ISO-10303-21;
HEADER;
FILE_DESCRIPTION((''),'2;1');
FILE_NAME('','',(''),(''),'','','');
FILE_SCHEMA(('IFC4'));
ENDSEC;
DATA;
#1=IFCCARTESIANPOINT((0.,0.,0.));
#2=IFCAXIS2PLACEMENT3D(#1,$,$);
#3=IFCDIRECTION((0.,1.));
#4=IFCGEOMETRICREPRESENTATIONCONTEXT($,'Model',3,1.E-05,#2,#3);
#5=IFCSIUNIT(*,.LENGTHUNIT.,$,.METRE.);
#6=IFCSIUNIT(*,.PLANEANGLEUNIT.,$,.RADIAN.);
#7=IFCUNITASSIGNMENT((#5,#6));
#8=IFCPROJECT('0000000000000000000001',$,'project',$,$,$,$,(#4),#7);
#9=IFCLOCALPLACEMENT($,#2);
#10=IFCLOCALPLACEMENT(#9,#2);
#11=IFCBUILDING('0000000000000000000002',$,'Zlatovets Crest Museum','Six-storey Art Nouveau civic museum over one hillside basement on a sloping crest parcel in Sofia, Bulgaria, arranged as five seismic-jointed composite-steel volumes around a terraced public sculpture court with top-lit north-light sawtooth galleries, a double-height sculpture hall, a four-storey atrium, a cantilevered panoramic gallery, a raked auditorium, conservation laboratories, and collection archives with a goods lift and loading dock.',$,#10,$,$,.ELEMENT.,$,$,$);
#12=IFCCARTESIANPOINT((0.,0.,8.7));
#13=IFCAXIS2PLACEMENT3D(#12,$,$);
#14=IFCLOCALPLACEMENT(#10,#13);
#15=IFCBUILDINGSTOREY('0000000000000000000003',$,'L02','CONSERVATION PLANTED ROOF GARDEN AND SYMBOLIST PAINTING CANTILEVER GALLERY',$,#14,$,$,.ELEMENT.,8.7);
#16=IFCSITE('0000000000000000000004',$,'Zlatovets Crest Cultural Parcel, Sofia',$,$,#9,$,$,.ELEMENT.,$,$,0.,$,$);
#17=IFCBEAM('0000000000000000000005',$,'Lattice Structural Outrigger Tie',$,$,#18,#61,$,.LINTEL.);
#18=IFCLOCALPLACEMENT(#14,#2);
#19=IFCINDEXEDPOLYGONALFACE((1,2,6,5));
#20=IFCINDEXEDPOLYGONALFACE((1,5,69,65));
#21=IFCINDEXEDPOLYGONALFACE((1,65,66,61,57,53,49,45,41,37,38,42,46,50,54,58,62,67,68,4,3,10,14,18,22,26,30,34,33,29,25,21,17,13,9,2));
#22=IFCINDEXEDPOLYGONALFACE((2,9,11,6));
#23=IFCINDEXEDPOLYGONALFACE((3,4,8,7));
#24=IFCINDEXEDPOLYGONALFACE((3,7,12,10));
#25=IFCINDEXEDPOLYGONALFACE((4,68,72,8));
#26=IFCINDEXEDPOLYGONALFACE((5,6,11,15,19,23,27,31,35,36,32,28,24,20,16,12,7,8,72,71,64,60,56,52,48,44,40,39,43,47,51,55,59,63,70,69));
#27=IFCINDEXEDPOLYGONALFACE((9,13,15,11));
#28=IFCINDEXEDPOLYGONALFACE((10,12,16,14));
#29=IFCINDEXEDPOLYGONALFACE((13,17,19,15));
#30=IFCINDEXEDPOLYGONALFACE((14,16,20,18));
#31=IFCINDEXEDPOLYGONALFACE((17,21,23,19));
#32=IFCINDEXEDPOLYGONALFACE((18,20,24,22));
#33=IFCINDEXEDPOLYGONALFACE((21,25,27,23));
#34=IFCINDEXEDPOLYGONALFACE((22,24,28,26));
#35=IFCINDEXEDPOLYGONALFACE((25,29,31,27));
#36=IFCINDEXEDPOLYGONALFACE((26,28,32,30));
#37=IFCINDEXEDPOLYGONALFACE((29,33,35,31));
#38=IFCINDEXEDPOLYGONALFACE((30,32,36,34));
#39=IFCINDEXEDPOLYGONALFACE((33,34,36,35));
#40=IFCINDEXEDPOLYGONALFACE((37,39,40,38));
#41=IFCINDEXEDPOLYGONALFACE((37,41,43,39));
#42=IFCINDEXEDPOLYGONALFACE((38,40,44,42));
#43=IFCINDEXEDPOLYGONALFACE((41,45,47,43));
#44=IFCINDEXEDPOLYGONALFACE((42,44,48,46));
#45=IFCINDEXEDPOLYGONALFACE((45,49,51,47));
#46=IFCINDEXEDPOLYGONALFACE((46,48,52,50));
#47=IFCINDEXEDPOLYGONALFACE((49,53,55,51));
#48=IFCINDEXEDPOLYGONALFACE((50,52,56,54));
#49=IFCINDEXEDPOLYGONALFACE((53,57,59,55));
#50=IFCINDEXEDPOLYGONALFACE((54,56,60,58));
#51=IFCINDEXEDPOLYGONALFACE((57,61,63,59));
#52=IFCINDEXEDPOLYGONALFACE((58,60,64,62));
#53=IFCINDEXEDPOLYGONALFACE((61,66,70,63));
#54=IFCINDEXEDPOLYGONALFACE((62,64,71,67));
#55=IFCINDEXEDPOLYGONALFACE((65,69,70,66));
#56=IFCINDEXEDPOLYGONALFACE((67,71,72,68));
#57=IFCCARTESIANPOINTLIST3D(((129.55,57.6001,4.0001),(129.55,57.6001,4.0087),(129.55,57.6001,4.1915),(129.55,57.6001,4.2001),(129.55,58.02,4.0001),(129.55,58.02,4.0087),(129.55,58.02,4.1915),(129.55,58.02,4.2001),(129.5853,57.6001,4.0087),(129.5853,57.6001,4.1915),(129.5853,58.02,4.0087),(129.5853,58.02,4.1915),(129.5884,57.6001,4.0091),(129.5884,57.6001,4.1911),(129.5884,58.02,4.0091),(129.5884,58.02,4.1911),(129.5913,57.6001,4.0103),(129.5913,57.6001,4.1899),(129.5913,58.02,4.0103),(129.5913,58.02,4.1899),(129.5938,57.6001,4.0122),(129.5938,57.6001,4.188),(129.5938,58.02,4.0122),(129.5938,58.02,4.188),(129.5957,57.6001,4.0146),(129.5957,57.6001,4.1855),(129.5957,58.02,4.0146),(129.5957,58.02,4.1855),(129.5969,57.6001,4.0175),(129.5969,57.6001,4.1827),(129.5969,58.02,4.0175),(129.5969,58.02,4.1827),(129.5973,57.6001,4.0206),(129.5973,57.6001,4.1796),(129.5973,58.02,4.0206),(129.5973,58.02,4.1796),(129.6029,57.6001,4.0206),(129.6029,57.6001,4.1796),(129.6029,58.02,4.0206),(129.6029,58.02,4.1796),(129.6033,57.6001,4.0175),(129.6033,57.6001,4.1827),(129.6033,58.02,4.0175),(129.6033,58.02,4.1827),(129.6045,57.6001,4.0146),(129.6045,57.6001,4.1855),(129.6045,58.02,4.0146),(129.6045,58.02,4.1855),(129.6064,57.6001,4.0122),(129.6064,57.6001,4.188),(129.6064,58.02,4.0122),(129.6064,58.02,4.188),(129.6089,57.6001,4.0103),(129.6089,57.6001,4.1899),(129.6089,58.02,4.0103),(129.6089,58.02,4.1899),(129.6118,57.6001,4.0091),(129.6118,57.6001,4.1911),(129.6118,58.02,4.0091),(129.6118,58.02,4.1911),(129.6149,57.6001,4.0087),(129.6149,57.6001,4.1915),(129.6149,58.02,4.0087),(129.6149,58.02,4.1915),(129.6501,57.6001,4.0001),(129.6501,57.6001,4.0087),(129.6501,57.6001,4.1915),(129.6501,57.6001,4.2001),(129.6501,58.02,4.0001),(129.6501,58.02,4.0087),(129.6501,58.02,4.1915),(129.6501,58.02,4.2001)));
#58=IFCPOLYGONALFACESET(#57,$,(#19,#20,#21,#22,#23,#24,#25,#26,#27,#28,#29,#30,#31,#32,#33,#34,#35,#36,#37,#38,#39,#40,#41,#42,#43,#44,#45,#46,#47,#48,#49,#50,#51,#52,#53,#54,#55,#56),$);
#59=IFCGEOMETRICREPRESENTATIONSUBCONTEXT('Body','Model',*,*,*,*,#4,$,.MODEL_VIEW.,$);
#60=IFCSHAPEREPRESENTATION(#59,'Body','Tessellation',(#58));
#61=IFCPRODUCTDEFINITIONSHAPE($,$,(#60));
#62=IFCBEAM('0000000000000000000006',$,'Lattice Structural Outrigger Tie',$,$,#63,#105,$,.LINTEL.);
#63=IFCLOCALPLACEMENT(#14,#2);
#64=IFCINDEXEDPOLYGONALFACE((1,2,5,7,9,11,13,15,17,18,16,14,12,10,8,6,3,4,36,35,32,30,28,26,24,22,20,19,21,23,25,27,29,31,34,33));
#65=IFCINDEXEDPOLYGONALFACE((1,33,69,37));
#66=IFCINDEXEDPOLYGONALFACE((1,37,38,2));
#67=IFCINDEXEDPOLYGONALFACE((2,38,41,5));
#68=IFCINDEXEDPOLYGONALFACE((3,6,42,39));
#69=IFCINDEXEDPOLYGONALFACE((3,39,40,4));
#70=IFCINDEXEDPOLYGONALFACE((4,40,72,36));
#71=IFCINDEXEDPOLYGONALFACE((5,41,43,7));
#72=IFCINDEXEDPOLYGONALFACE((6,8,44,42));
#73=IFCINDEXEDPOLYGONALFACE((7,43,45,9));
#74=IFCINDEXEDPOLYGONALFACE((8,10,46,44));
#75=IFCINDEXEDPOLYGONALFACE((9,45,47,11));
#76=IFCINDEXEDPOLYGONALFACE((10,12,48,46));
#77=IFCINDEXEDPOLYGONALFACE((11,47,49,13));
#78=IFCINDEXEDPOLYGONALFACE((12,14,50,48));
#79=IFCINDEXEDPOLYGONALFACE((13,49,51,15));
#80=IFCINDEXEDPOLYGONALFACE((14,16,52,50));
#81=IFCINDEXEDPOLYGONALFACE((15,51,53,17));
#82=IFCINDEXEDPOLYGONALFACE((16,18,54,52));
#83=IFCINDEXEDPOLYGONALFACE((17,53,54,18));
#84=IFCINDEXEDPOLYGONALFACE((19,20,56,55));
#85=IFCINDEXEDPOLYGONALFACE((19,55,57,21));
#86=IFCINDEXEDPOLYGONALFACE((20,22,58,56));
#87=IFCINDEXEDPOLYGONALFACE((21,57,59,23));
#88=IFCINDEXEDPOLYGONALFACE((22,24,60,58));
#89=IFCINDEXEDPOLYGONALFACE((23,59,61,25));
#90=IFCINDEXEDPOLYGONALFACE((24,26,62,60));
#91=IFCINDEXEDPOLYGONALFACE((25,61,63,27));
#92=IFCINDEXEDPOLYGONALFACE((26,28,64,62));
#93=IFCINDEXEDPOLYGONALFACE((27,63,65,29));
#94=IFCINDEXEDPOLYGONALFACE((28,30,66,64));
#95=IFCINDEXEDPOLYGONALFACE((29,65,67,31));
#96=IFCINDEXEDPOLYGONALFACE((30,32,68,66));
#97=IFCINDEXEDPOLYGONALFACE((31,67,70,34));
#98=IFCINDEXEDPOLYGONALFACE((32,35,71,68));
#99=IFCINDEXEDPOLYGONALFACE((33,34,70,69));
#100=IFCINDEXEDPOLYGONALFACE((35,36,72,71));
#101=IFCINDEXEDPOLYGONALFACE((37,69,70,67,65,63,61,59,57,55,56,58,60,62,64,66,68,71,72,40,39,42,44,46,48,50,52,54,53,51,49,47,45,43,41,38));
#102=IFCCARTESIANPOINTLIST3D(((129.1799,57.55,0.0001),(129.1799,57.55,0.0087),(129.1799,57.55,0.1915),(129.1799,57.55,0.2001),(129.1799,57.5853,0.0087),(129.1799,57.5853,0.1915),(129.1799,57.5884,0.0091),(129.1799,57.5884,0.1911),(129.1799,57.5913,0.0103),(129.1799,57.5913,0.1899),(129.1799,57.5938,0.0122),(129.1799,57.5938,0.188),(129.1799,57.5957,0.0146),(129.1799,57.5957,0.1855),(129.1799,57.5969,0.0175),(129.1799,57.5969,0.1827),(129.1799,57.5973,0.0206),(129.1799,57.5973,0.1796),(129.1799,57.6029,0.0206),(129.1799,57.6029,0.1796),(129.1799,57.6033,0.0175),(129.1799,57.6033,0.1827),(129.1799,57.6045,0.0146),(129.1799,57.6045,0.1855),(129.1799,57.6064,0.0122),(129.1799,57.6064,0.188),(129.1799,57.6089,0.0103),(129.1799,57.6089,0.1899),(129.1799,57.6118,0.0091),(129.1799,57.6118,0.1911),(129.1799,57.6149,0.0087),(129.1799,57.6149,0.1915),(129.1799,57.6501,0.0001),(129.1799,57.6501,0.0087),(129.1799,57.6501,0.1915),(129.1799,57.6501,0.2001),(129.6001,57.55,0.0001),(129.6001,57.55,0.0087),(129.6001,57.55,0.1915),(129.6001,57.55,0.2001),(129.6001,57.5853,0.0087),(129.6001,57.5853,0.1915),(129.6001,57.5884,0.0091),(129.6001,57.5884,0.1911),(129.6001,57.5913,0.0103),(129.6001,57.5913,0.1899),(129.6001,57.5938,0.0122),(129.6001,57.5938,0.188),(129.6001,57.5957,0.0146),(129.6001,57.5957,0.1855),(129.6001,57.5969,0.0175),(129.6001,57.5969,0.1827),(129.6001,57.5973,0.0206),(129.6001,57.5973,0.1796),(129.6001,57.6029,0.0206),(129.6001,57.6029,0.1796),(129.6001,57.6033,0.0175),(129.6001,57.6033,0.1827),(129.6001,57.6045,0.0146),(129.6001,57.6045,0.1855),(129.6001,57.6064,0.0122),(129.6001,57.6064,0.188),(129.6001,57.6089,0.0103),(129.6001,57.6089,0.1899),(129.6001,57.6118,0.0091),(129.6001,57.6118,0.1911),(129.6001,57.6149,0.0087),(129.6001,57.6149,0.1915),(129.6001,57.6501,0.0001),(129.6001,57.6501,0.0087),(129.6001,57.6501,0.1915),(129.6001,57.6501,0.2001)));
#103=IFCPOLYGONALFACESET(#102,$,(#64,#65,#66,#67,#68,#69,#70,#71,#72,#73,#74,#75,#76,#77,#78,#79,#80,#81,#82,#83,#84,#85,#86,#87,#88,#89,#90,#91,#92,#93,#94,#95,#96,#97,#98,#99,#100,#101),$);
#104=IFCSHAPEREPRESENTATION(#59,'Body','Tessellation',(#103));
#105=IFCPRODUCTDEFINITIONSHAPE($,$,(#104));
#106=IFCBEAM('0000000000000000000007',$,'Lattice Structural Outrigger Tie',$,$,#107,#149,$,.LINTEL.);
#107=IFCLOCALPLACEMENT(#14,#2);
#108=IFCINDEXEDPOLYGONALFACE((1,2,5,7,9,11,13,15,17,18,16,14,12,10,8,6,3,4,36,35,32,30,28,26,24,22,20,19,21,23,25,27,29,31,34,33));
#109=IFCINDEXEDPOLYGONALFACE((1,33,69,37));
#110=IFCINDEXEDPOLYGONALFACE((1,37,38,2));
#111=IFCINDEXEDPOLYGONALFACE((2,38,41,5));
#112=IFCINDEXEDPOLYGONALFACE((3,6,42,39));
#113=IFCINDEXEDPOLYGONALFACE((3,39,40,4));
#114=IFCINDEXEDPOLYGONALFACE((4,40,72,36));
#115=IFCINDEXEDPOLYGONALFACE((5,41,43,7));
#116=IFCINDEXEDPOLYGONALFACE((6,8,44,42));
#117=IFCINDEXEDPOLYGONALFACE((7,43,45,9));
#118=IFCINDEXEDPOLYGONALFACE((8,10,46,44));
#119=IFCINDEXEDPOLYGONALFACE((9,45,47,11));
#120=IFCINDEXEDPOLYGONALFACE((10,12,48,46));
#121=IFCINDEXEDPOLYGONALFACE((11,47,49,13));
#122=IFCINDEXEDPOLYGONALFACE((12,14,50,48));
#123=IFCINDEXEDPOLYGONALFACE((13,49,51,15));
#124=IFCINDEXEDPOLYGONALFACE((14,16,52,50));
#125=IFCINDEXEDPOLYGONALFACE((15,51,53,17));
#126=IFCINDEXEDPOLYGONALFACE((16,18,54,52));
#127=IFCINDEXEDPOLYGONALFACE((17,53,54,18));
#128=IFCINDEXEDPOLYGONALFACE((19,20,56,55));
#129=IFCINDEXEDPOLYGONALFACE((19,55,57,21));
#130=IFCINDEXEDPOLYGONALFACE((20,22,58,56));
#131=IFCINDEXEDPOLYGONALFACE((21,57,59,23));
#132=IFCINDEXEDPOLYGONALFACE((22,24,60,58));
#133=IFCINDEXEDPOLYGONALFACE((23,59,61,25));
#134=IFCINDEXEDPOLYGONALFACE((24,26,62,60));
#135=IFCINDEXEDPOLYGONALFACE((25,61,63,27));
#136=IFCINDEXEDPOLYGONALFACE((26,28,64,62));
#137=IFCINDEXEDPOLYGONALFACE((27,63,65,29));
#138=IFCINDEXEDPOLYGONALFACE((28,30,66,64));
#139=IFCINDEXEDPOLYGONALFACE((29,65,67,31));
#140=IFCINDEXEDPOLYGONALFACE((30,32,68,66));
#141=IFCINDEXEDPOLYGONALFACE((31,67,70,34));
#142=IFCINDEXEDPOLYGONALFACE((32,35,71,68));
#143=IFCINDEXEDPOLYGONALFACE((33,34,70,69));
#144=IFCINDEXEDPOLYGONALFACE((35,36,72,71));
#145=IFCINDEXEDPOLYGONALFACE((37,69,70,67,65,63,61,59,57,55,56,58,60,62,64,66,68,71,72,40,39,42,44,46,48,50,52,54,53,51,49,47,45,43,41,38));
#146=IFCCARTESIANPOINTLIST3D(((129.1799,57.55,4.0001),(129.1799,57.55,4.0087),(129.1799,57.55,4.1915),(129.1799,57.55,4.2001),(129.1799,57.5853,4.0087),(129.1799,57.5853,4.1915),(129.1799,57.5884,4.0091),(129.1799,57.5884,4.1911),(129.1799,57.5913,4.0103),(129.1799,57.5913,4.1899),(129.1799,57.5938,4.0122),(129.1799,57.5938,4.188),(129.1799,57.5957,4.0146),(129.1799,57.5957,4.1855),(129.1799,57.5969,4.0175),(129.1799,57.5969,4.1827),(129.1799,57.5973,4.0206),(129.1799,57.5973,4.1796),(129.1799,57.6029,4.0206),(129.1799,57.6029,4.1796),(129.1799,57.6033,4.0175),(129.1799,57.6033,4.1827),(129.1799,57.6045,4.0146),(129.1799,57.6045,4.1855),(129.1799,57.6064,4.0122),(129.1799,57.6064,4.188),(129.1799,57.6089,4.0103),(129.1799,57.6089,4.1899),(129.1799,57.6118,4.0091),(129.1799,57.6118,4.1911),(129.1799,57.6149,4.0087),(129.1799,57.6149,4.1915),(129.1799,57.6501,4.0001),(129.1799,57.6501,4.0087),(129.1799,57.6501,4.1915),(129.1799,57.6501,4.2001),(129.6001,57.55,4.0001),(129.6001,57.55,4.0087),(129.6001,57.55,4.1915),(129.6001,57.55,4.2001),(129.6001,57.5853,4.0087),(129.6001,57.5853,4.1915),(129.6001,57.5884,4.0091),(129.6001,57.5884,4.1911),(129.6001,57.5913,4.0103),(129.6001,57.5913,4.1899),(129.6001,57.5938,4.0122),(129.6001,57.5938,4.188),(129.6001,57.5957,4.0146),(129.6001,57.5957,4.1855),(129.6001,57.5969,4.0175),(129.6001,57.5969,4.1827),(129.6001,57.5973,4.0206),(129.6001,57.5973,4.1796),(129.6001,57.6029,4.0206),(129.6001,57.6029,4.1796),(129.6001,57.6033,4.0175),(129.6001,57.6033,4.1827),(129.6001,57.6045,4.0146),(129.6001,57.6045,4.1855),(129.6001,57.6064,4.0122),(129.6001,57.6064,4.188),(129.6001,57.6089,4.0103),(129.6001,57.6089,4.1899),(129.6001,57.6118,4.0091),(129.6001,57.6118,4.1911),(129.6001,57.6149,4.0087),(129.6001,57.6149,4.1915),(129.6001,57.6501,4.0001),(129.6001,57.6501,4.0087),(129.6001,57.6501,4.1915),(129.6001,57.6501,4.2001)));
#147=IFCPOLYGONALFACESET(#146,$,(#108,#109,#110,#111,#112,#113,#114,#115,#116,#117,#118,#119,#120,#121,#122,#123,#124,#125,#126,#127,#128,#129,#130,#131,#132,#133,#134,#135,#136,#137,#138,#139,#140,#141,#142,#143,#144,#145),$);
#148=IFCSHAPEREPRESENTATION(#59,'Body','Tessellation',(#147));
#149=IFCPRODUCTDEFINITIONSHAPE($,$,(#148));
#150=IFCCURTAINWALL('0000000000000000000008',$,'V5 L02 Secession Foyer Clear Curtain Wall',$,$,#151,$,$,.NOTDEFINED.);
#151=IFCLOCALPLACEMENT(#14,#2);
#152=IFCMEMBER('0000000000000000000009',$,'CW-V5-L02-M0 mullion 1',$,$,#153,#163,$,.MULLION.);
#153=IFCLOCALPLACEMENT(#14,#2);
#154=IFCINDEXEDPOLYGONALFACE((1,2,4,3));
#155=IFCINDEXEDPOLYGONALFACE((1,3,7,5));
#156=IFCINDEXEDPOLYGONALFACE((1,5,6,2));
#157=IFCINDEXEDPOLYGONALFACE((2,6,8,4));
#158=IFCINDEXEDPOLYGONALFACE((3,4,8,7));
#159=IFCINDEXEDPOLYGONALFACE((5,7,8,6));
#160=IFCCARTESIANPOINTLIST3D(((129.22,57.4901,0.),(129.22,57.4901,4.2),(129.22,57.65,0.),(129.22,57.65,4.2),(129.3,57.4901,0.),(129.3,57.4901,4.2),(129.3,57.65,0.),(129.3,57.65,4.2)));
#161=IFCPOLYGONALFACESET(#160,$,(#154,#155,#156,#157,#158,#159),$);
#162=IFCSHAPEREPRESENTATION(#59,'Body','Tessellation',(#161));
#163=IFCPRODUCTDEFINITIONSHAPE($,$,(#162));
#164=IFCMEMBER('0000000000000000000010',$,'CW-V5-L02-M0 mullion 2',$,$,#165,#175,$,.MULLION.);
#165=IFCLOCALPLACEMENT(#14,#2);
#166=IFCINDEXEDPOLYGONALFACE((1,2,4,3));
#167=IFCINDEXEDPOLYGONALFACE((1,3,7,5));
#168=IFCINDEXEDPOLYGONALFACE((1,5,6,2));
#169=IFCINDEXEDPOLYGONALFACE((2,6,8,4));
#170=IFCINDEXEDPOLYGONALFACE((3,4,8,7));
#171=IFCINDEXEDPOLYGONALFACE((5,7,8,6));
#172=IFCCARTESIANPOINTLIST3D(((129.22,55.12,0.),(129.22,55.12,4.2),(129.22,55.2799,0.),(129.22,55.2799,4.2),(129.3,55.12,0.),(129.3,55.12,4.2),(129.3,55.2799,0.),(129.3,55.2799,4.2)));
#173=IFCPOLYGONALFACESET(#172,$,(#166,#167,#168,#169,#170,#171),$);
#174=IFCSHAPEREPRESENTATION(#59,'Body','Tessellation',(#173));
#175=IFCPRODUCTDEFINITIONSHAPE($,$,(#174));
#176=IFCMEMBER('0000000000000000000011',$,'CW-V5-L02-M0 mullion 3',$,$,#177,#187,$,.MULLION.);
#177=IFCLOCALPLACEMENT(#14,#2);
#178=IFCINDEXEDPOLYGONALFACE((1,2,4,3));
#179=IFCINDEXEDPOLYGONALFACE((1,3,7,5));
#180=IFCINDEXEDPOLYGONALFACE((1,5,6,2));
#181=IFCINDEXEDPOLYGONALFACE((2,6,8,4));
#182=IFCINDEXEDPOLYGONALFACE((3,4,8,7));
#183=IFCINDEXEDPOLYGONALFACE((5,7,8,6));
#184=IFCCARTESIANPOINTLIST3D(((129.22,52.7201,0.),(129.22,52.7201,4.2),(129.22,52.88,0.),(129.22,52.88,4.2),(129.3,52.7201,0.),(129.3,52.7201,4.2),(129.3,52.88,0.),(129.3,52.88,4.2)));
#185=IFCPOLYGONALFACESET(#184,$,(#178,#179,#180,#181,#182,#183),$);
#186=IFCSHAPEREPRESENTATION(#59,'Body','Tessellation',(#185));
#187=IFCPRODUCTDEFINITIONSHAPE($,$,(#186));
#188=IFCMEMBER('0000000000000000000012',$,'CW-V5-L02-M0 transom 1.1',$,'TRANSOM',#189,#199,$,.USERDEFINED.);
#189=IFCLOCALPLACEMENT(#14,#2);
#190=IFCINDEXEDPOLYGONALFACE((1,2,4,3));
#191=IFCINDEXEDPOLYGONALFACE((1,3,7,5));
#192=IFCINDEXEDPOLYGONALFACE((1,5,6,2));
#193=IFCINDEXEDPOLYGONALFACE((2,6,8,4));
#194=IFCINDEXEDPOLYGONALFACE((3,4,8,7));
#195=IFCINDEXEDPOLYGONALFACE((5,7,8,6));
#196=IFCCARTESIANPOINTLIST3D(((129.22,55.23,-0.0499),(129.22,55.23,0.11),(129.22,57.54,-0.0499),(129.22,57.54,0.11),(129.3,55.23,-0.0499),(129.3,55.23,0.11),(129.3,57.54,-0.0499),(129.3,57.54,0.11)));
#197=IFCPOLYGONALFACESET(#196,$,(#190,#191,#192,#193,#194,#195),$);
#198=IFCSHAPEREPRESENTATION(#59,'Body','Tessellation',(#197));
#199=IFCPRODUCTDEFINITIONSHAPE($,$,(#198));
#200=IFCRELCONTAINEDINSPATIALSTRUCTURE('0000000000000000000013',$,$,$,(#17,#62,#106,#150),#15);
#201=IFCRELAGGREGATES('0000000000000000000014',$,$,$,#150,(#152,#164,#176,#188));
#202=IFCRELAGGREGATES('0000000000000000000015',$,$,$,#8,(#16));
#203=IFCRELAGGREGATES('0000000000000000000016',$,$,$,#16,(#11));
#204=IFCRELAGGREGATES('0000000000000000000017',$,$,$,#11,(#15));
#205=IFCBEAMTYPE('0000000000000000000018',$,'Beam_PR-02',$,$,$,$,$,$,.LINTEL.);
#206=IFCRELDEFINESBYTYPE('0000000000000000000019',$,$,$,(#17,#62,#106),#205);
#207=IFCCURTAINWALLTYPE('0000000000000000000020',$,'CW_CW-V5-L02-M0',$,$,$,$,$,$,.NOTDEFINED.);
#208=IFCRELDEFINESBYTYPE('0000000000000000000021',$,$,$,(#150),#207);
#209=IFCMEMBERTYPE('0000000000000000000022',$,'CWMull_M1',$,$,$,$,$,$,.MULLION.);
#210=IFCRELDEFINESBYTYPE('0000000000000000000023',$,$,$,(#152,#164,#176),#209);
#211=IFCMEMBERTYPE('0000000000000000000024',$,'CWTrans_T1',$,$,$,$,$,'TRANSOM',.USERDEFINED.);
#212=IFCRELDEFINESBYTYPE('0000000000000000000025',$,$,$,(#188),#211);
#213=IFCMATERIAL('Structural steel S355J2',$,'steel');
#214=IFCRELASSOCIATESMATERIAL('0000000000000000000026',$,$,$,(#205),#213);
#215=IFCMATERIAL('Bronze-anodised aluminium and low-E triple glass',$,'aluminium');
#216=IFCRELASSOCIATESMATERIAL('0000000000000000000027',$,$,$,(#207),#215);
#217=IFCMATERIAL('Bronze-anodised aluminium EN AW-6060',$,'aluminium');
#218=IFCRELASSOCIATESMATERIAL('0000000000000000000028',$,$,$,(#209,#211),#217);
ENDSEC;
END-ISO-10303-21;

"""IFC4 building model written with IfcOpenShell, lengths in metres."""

from ifc_helpers import new_model, si_unit, direction, frame, origin, origin_2d, place, context, subcontext, project, spatial, rectangle, i_section, extrude, material, material_profile, profile_set, type_object, element, aggregate, save


model = new_model("IFC4")

# Units and contexts
model_context = context("Model", 3, precision=1e-05, world=origin(), true_north=direction((0.0, 1.0)))
body_context = subcontext(model_context, "Body", "Model", "MODEL_VIEW")
ifc_project = project(units=[si_unit("LENGTHUNIT", "METRE"), si_unit("PLANEANGLEUNIT", "RADIAN")], contexts=[model_context])

# Site, building, storey
site_placement = place(None, origin())
site = spatial("IfcSite", under=ifc_project, at=site_placement, Name="Zlatovets Crest Cultural Parcel, Sofia", CompositionType="ELEMENT", RefElevation=0.0)
building_placement = place(site_placement, origin())
building = spatial("IfcBuilding", under=site, at=building_placement, Name="Zlatovets Crest Museum", Description="Six-storey Art Nouveau civic museum over one hillside basement on a sloping crest parcel in Sofia, Bulgaria, arranged as five seismic-jointed composite-steel volumes around a terraced public sculpture court with top-lit north-light sawtooth galleries, a double-height sculpture hall, a four-storey atrium, a cantilevered panoramic gallery, a raked auditorium, conservation laboratories, and collection archives with a goods lift and loading dock.", CompositionType="ELEMENT")
storey_placement = place(building_placement, frame((0.0, 0.0, 8.7)))
storey = spatial("IfcBuildingStorey", under=building, at=storey_placement, Name="L02", Description="CONSERVATION PLANTED ROOF GARDEN AND SYMBOLIST PAINTING CANTILEVER GALLERY", CompositionType="ELEMENT", Elevation=8.7)

# Shared definitions
ifc_material_1 = material(Name="Structural steel S355J2", Category="steel")

# Beams
ifc_material_profile_1 = material_profile(ifc_material_1, i_section(OverallWidth=0.1001, OverallDepth=0.2, WebThickness=0.0056, FlangeThickness=0.0085, FilletRadius=0.012, at=origin_2d()), Name="IPE 200")
ifc_profile_set_1 = profile_set([ifc_material_profile_1], Name="Structural steel S355J2")
beam_type_1 = type_object("IfcBeamType", Name="Beam_PR-02", PredefinedType="LINTEL", material=ifc_profile_set_1)
for number, where, z_axis, x_axis, name in (
    (1, (129.6001, 57.6001, 4.1001), (0.0, 1.0, 0.0), (-1.0, 0.0, 0.0), "Lattice Structural Outrigger Tie"),
):
    element("IfcBeam", number, at=place(storey_placement, frame(where, z_axis=z_axis, x_axis=x_axis)), inside=storey, type_object=beam_type_1, Name=name, PredefinedType="LINTEL", context=body_context, shape_type="SweptSolid", body=[
        extrude(i_section(OverallWidth=0.1001, OverallDepth=0.2, WebThickness=0.0056, FlangeThickness=0.0085, FilletRadius=0.012, at=origin_2d()), origin(), (0.0, 0.0, 1.0), 0.4199),
    ])
for number, where, z_axis, x_axis, name in (
    (2, (129.6001, 57.6001, 0.1001), (-1.0, 0.0, 0.0), (0.0, -1.0, 0.0), "Lattice Structural Outrigger Tie"),
    (3, (129.6001, 57.6001, 4.1001), (-1.0, 0.0, 0.0), (0.0, -1.0, 0.0), "Lattice Structural Outrigger Tie"),
):
    element("IfcBeam", number, at=place(storey_placement, frame(where, z_axis=z_axis, x_axis=x_axis)), inside=storey, type_object=beam_type_1, Name=name, PredefinedType="LINTEL", context=body_context, shape_type="SweptSolid", body=[
        extrude(i_section(OverallWidth=0.1001, OverallDepth=0.2, WebThickness=0.0056, FlangeThickness=0.0085, FilletRadius=0.012, at=origin_2d()), origin(), (0.0, 0.0, 1.0), 0.4202),
    ])

# Curtain wall, members
ifc_material_2 = material(Name="Bronze-anodised aluminium and low-E triple glass", Category="aluminium")
curtain_wall_type = type_object("IfcCurtainWallType", Name="CW_CW-V5-L02-M0", PredefinedType="NOTDEFINED", material=ifc_material_2)
curtain_wall_placement = place(storey_placement, origin())
curtain_wall = element("IfcCurtainWall", 4, at=curtain_wall_placement, inside=storey, type_object=curtain_wall_type, Name="V5 L02 Secession Foyer Clear Curtain Wall", PredefinedType="NOTDEFINED")
ifc_material_3 = material(Name="Bronze-anodised aluminium EN AW-6060", Category="aluminium")
ifc_material_profile_2 = material_profile(ifc_material_3, rectangle(XDim=0.0801, YDim=0.1599, at=origin_2d()), Name="ALU 80x160")
ifc_profile_set_2 = profile_set([ifc_material_profile_2], Name="Bronze-anodised aluminium EN AW-6060")
member_type_1 = type_object("IfcMemberType", Name="CWMull_M1", PredefinedType="MULLION", material=ifc_profile_set_2)
member_1_placement = place(storey_placement, frame((129.26, 57.5701, 0.0), z_axis=(0.0, 0.0, 1.0), x_axis=(1.0, 0.0, 0.0)))
member_1 = element("IfcMember", 5, at=member_1_placement, type_object=member_type_1, Name="CW-V5-L02-M0 mullion 1", PredefinedType="MULLION", context=body_context, shape_type="SweptSolid", body=[
    extrude(rectangle(XDim=0.0801, YDim=0.1599, at=origin_2d()), origin(), (0.0, 0.0, 1.0), 4.2),
])
member_2_placement = place(storey_placement, frame((129.26, 55.2, 0.0), z_axis=(0.0, 0.0, 1.0), x_axis=(1.0, 0.0, 0.0)))
member_2 = element("IfcMember", 6, at=member_2_placement, type_object=member_type_1, Name="CW-V5-L02-M0 mullion 2", PredefinedType="MULLION", context=body_context, shape_type="SweptSolid", body=[
    extrude(rectangle(XDim=0.0801, YDim=0.1599, at=origin_2d()), origin(), (0.0, 0.0, 1.0), 4.2),
])
member_3_placement = place(storey_placement, frame((129.26, 52.8, 0.0), z_axis=(0.0, 0.0, 1.0), x_axis=(1.0, 0.0, 0.0)))
member_3 = element("IfcMember", 7, at=member_3_placement, type_object=member_type_1, Name="CW-V5-L02-M0 mullion 3", PredefinedType="MULLION", context=body_context, shape_type="SweptSolid", body=[
    extrude(rectangle(XDim=0.0801, YDim=0.1599, at=origin_2d()), origin(), (0.0, 0.0, 1.0), 4.2),
])
ifc_material_profile_3 = material_profile(ifc_material_3, rectangle(XDim=0.0801, YDim=0.1599, at=origin_2d()), Name="ALU 80x160")
ifc_profile_set_3 = profile_set([ifc_material_profile_3], Name="Bronze-anodised aluminium EN AW-6060")
member_type_2 = type_object("IfcMemberType", Name="CWTrans_T1", ElementType="TRANSOM", PredefinedType="USERDEFINED", material=ifc_profile_set_3)
member_4_placement = place(storey_placement, frame((129.26, 57.54, 0.03), z_axis=(0.0, -1.0, 0.0), x_axis=(1.0, 0.0, 0.0)))
member_4 = element("IfcMember", 8, at=member_4_placement, type_object=member_type_2, Name="CW-V5-L02-M0 transom 1.1", ObjectType="TRANSOM", PredefinedType="USERDEFINED", context=body_context, shape_type="SweptSolid", body=[
    extrude(rectangle(XDim=0.0801, YDim=0.1599, at=origin_2d()), origin(), (0.0, 0.0, 1.0), 2.3101),
])

aggregate(curtain_wall, [member_1, member_2, member_3, member_4])

save(model, "model.ifc")
